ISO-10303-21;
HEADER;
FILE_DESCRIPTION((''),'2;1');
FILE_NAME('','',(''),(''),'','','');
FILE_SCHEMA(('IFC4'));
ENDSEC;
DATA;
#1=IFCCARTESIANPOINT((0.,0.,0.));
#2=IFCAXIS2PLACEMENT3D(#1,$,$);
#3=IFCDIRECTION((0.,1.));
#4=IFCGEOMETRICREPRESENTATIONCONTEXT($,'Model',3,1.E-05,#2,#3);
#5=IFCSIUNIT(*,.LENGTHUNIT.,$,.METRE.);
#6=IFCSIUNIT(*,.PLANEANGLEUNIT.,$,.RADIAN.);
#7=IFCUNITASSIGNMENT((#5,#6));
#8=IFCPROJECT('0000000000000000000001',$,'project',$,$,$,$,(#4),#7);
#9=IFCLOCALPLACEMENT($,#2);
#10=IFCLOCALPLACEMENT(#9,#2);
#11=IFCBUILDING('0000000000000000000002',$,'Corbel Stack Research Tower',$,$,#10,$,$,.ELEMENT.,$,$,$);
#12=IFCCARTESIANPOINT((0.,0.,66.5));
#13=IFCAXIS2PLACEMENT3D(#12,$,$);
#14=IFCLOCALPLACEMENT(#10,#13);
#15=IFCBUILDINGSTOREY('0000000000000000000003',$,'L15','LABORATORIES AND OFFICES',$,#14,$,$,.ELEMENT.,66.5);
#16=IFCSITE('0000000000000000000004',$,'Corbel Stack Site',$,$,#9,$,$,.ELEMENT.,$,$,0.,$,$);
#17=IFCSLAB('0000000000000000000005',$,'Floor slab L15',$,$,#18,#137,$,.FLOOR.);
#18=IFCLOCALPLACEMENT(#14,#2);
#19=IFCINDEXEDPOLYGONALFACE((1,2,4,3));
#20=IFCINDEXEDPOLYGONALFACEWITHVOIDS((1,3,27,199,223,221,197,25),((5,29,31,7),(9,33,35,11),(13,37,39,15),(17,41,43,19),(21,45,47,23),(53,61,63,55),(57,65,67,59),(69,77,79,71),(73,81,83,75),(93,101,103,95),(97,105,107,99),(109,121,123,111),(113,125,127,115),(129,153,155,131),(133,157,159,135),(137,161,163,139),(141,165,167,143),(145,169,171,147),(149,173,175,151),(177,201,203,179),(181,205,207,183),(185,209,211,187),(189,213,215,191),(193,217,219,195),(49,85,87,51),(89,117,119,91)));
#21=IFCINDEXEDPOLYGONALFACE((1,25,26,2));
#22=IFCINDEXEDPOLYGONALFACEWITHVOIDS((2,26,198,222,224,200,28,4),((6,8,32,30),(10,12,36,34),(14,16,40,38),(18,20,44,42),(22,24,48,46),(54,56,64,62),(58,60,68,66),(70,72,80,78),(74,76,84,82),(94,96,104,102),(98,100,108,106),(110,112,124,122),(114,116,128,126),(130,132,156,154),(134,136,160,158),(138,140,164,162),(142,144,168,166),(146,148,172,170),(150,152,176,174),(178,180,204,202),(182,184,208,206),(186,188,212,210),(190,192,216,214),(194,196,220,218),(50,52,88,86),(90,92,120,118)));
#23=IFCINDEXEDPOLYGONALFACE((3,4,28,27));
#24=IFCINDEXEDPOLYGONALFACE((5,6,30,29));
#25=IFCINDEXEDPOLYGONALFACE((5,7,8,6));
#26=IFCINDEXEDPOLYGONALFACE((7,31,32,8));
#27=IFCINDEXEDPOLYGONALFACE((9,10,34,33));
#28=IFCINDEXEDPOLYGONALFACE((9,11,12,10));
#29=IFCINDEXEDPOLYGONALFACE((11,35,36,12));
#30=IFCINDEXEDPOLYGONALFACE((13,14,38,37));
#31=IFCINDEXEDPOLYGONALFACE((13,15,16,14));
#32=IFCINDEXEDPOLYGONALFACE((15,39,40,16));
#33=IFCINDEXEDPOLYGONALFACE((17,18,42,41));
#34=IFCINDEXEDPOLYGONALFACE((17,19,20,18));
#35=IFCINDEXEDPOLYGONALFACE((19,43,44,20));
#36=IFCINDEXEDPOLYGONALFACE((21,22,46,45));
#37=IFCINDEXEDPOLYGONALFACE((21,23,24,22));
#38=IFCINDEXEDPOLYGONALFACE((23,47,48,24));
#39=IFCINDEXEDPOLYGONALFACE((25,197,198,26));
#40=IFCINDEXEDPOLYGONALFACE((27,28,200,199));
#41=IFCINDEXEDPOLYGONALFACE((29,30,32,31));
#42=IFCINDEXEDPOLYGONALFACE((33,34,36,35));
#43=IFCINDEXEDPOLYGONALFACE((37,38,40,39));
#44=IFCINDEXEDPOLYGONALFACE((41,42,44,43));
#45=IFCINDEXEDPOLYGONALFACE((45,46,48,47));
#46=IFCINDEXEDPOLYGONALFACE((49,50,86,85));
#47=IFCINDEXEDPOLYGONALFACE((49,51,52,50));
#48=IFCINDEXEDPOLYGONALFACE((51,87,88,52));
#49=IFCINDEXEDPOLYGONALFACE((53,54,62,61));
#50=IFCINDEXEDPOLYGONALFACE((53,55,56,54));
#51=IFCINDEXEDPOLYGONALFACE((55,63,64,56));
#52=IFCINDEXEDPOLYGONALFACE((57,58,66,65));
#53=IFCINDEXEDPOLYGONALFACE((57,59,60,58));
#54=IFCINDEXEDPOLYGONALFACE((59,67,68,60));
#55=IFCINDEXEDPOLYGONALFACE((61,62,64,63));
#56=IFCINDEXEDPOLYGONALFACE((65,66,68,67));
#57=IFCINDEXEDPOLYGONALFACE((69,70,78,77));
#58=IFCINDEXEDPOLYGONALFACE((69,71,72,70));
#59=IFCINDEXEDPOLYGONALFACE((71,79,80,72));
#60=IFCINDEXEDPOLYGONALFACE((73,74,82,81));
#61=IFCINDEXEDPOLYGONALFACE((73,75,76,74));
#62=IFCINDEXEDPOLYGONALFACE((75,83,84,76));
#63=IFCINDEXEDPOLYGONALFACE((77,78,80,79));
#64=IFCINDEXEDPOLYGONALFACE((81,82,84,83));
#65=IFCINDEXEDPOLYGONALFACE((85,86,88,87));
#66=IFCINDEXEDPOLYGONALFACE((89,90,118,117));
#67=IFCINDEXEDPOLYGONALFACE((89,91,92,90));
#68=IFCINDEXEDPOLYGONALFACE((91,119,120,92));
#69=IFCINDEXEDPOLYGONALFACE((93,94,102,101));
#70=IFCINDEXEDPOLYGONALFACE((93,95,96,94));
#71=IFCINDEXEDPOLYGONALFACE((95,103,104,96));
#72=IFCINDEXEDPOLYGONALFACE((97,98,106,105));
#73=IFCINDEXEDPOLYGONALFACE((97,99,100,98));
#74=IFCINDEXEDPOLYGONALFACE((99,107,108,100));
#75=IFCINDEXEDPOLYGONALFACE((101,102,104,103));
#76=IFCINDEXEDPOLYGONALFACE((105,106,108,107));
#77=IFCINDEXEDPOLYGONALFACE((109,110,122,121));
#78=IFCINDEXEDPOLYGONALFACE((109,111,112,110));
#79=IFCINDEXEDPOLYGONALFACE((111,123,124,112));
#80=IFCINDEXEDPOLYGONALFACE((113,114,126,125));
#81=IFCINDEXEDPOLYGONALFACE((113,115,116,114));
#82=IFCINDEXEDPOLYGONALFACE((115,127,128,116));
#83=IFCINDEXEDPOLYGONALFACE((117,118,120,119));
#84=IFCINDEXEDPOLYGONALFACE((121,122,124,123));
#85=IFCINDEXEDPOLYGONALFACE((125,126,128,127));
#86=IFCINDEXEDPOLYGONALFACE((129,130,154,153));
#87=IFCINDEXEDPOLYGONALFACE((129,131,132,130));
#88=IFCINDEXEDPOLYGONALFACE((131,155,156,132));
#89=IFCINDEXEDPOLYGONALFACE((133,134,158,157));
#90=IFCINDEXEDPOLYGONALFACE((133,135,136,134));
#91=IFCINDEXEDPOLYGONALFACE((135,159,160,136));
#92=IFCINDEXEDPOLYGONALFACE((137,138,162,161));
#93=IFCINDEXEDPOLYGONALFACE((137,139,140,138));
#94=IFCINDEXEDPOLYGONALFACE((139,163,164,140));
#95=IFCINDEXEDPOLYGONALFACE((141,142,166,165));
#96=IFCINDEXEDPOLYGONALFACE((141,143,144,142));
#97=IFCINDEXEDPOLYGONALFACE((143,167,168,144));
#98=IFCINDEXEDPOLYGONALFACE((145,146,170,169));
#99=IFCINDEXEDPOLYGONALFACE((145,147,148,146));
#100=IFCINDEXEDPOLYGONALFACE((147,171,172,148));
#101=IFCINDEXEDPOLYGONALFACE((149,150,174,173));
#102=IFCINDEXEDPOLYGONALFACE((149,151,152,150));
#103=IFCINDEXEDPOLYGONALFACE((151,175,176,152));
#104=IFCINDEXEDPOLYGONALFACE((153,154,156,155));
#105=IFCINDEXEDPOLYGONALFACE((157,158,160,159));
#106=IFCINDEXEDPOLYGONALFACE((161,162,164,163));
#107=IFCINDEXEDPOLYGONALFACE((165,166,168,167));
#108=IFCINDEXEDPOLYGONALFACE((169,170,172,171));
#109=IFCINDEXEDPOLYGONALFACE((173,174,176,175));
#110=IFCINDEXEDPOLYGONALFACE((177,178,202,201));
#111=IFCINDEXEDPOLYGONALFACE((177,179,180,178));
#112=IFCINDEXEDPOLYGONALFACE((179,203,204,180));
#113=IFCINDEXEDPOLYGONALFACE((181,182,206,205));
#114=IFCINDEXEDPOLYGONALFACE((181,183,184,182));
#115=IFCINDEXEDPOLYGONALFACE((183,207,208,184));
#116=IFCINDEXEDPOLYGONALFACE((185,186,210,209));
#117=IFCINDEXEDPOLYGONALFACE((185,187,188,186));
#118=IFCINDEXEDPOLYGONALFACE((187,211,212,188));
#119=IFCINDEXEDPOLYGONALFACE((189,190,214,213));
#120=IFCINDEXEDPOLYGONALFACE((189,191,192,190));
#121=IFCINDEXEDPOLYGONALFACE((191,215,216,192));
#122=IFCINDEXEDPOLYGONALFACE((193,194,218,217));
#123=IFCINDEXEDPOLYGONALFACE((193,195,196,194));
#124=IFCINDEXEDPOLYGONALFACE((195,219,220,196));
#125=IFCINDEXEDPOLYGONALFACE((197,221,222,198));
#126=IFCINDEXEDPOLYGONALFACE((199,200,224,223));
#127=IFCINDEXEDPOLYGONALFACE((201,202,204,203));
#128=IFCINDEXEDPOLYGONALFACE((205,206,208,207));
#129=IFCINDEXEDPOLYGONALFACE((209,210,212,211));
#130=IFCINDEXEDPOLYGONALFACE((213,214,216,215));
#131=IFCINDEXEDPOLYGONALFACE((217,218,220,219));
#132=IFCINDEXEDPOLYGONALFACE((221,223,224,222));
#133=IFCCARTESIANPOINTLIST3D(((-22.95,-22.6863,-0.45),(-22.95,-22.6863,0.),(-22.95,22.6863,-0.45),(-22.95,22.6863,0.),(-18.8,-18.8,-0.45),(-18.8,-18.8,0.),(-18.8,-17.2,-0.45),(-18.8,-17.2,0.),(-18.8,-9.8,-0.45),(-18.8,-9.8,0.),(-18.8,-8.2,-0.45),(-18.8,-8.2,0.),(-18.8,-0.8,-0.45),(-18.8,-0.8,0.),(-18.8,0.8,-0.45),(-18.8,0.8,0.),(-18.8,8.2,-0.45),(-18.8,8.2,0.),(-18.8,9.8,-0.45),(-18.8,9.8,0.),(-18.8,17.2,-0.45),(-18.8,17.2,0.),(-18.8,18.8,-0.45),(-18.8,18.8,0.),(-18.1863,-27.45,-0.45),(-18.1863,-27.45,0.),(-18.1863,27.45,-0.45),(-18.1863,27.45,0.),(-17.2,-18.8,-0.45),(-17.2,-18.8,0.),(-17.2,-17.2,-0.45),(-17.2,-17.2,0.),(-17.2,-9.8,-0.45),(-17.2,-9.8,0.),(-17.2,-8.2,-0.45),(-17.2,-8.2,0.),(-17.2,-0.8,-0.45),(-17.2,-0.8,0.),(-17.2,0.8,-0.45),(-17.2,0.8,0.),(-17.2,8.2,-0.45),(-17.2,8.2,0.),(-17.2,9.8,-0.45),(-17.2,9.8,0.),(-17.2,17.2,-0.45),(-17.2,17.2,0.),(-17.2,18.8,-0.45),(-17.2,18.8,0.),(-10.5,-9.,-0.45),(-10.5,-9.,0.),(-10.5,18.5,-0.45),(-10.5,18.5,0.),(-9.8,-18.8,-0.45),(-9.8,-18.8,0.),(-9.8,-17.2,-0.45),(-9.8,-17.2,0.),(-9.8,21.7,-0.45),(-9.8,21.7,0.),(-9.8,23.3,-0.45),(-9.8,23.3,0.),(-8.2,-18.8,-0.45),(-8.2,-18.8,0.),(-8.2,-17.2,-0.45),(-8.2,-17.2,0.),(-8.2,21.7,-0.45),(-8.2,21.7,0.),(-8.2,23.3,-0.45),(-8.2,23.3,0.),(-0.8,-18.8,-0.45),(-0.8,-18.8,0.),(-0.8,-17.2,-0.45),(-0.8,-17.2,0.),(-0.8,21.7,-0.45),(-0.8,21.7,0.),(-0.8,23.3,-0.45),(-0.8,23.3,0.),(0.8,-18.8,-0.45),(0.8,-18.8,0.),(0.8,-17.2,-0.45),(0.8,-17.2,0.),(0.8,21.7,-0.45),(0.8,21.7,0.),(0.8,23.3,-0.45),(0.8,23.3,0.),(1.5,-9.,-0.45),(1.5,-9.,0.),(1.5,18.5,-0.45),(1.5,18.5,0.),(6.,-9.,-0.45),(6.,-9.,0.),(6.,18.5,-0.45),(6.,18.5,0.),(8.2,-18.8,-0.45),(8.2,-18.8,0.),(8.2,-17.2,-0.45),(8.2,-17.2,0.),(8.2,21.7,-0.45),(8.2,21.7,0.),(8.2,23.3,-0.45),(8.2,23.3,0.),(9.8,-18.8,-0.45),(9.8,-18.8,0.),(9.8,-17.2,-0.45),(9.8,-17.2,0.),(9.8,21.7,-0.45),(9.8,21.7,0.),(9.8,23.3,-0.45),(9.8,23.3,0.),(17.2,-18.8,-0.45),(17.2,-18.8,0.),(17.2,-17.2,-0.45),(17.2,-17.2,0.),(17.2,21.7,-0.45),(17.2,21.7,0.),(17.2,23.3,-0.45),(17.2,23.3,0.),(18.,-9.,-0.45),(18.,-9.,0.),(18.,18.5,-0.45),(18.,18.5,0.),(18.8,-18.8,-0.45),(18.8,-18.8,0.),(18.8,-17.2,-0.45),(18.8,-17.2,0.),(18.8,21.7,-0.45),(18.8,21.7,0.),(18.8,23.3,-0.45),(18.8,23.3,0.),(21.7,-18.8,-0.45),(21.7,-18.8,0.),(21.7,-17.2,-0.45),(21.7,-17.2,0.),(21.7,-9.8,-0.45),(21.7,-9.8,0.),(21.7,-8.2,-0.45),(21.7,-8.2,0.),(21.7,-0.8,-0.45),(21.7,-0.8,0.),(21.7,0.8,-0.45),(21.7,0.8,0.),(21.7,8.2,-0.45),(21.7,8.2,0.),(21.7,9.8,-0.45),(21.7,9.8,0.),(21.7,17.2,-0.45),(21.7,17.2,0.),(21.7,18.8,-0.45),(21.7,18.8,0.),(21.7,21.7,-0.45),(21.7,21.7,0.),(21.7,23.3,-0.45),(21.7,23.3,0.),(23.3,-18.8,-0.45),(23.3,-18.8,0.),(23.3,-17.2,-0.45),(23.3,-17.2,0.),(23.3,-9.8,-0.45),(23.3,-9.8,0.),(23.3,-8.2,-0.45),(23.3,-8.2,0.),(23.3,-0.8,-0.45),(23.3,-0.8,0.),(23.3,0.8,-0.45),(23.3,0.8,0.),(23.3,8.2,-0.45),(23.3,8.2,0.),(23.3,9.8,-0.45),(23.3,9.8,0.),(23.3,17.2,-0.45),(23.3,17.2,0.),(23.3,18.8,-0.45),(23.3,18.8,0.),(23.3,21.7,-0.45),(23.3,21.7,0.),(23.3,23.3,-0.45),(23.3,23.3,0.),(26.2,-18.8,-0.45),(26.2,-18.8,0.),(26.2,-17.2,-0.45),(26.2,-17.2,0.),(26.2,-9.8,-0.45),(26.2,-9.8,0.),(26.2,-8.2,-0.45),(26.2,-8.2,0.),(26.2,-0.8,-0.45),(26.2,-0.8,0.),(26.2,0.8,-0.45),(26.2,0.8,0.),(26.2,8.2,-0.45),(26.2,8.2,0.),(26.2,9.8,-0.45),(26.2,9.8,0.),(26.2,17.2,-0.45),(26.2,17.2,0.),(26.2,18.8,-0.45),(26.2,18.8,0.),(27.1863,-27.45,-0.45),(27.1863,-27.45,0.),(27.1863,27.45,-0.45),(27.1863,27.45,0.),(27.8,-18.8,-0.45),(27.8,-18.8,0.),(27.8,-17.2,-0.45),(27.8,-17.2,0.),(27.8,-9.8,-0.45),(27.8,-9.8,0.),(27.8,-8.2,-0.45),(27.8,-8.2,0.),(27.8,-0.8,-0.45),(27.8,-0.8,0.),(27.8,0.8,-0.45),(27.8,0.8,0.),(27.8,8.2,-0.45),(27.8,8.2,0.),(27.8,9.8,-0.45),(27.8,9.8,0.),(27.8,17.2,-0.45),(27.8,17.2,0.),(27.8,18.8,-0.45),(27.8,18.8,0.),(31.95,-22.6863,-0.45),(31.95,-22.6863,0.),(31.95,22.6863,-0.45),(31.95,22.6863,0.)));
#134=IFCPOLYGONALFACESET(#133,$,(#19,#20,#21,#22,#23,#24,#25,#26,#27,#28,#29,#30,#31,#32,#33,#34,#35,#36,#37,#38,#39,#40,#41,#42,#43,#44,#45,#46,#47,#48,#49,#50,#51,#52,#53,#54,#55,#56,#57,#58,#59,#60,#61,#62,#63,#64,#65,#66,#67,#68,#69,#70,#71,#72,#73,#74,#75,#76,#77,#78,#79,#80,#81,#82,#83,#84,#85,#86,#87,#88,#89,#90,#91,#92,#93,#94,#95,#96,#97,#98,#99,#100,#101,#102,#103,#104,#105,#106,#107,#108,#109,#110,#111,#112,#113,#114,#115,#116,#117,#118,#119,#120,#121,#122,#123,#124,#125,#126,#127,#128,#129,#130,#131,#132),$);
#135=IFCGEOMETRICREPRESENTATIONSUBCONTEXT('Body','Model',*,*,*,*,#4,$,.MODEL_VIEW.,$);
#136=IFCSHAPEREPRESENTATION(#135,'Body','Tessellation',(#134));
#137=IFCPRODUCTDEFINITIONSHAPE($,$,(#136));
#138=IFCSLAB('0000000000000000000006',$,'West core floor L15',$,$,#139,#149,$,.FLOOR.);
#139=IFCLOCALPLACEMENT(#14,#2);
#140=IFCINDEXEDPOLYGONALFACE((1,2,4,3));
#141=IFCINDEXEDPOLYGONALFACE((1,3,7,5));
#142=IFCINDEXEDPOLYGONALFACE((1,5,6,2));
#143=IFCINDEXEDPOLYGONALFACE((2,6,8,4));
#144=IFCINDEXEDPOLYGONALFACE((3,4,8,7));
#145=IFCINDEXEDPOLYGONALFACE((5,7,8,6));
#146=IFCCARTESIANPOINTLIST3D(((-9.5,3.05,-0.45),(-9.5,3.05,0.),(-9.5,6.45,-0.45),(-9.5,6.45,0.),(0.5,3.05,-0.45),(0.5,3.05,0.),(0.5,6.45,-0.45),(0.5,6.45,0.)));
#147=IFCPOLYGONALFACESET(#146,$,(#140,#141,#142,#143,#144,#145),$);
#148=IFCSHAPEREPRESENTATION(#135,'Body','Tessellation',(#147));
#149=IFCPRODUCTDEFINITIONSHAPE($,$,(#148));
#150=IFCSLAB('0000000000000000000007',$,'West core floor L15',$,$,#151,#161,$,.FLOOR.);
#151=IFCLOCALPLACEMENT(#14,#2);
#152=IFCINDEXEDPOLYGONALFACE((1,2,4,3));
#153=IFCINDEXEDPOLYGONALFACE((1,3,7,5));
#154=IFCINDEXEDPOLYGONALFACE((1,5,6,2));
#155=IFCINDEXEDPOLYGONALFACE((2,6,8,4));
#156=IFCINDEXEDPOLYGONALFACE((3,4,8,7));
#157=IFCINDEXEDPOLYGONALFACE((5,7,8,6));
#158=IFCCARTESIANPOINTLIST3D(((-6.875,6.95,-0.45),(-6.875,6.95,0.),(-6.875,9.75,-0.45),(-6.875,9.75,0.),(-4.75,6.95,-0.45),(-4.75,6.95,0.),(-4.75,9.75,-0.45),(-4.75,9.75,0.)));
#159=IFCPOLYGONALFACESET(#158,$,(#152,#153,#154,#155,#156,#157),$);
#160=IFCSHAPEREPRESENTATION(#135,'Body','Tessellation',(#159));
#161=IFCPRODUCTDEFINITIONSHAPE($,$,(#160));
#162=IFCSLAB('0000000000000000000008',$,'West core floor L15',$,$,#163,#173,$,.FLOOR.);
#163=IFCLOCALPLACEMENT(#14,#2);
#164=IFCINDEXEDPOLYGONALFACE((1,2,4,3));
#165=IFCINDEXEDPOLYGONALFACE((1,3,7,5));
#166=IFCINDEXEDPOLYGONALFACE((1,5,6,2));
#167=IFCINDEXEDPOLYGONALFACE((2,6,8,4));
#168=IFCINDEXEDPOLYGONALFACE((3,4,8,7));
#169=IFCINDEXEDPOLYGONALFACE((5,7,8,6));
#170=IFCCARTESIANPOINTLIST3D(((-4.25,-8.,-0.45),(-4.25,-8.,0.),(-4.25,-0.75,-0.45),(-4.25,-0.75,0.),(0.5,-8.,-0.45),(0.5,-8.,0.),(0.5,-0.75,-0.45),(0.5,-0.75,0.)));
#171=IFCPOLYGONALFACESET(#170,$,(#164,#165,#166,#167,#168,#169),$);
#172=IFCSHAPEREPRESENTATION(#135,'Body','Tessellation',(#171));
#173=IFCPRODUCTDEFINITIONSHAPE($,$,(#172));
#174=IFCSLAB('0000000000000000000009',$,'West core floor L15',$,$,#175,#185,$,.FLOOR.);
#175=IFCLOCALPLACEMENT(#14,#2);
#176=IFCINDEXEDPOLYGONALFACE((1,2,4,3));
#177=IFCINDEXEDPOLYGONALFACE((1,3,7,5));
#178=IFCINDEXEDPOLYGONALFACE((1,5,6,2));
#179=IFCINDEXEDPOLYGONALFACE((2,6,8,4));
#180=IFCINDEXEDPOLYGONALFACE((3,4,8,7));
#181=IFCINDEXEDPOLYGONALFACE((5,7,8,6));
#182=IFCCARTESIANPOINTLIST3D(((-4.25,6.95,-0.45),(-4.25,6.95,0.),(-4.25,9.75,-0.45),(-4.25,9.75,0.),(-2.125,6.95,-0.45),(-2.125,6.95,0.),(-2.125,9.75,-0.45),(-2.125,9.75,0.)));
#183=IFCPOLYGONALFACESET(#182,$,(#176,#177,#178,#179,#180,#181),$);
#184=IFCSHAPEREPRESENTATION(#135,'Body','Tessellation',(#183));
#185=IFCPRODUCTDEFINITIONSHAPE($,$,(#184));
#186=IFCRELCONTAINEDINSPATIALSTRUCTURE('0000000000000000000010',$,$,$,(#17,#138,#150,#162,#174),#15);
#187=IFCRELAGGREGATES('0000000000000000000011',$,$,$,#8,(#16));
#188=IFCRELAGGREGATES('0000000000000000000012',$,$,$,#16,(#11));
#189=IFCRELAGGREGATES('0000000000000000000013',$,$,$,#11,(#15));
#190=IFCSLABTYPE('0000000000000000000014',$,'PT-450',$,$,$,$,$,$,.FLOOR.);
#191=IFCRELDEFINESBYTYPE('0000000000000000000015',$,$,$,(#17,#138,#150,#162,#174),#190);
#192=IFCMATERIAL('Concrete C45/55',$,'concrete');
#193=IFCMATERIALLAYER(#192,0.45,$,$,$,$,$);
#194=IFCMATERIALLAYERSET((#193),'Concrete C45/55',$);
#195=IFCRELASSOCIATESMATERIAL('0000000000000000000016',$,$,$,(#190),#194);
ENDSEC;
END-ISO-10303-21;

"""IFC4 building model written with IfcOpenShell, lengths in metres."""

from ifc_helpers import new_model, si_unit, direction, frame, origin, place, context, subcontext, project, spatial, polyline, outline, extrude, material, layer, layer_set, type_object, element, save


model = new_model("IFC4")

# Units and contexts
model_context = context("Model", 3, precision=1e-05, world=origin(), true_north=direction((0.0, 1.0)))
body_context = subcontext(model_context, "Body", "Model", "MODEL_VIEW")
ifc_project = project(units=[si_unit("LENGTHUNIT", "METRE"), si_unit("PLANEANGLEUNIT", "RADIAN")], contexts=[model_context])

# Site, building, storey
site_placement = place(None, origin())
site = spatial("IfcSite", under=ifc_project, at=site_placement, Name="Corbel Stack Site", CompositionType="ELEMENT", RefElevation=0.0)
building_placement = place(site_placement, origin())
building = spatial("IfcBuilding", under=site, at=building_placement, Name="Corbel Stack Research Tower", CompositionType="ELEMENT")
storey_placement = place(building_placement, frame((0.0, 0.0, 66.5)))
storey = spatial("IfcBuildingStorey", under=building, at=storey_placement, Name="L15", Description="LABORATORIES AND OFFICES", CompositionType="ELEMENT", Elevation=66.5)

# Slabs
ifc_material_1 = material(Name="Concrete C45/55", Category="concrete")
ifc_layer_1 = layer(ifc_material_1, 0.45)
ifc_layer_set_1 = layer_set([ifc_layer_1], Name="Concrete C45/55")
slab_type = type_object("IfcSlabType", Name="PT-450", PredefinedType="FLOOR", material=ifc_layer_set_1)
slab_1_placement = place(storey_placement, frame((0.0, 0.0, -0.45)))
element("IfcSlab", 1, at=slab_1_placement, inside=storey, type_object=slab_type, Name="Floor slab L15", PredefinedType="FLOOR", context=body_context, shape_type="SweptSolid", body=[
    extrude(outline(polyline([(-18.1863, -27.45), (27.1863, -27.45), (31.95, -22.6863), (31.95, 22.6863), (27.1863, 27.45), (-18.1863, 27.45), (-22.95, 22.6863), (-22.95, -22.6863), (-18.1863, -27.45)]), holes=[polyline([(26.2, 17.2), (26.2, 18.8), (27.8, 18.8), (27.8, 17.2), (26.2, 17.2)]), polyline([(26.2, 8.2), (26.2, 9.8), (27.8, 9.8), (27.8, 8.2), (26.2, 8.2)]), polyline([(27.8, -0.8), (26.2, -0.8), (26.2, 0.8), (27.8, 0.8), (27.8, -0.8)]), polyline([(26.2, -9.8), (26.2, -8.2), (27.8, -8.2), (27.8, -9.8), (26.2, -9.8)]), polyline([(26.2, -18.8), (26.2, -17.2), (27.8, -17.2), (27.8, -18.8), (26.2, -18.8)]), polyline([(21.7, 21.7), (21.7, 23.3), (23.3, 23.3), (23.3, 21.7), (21.7, 21.7)]), polyline([(21.7, 17.2), (21.7, 18.8), (23.3, 18.8), (23.3, 17.2), (21.7, 17.2)]), polyline([(21.7, 8.2), (21.7, 9.8), (23.3, 9.8), (23.3, 8.2), (21.7, 8.2)]), polyline([(21.7, -0.8), (21.7, 0.8), (23.3, 0.8), (23.3, -0.8), (21.7, -0.8)]), polyline([(23.3, -9.8), (21.7, -9.8), (21.7, -8.2), (23.3, -8.2), (23.3, -9.8)]), polyline([(21.7, -18.8), (21.7, -17.2), (23.3, -17.2), (23.3, -18.8), (21.7, -18.8)]), polyline([(17.2, 21.7), (17.2, 23.3), (18.8, 23.3), (18.8, 21.7), (17.2, 21.7)]), polyline([(18.8, -18.8), (17.2, -18.8), (17.2, -17.2), (18.8, -17.2), (18.8, -18.8)]), polyline([(6.0, -9.0), (6.0, 18.5), (18.0, 18.5), (18.0, -9.0), (6.0, -9.0)]), polyline([(8.2, 21.7), (8.2, 23.3), (9.8, 23.3), (9.8, 21.7), (8.2, 21.7)]), polyline([(9.8, -18.8), (8.2, -18.8), (8.2, -17.2), (9.8, -17.2), (9.8, -18.8)]), polyline([(1.5, -9.0), (-10.5, -9.0), (-10.5, 18.5), (1.5, 18.5), (1.5, -9.0)]), polyline([(-0.8, 21.7), (-0.8, 23.3), (0.8, 23.3), (0.8, 21.7), (-0.8, 21.7)]), polyline([(-0.8, -18.8), (-0.8, -17.2), (0.8, -17.2), (0.8, -18.8), (-0.8, -18.8)]), polyline([(-9.8, 21.7), (-9.8, 23.3), (-8.2, 23.3), (-8.2, 21.7), (-9.8, 21.7)]), polyline([(-9.8, -18.8), (-9.8, -17.2), (-8.2, -17.2), (-8.2, -18.8), (-9.8, -18.8)]), polyline([(-18.8, 17.2), (-18.8, 18.8), (-17.2, 18.8), (-17.2, 17.2), (-18.8, 17.2)]), polyline([(-18.8, 8.2), (-18.8, 9.8), (-17.2, 9.8), (-17.2, 8.2), (-18.8, 8.2)]), polyline([(-18.8, -0.8), (-18.8, 0.8), (-17.2, 0.8), (-17.2, -0.8), (-18.8, -0.8)]), polyline([(-18.8, -9.8), (-18.8, -8.2), (-17.2, -8.2), (-17.2, -9.8), (-18.8, -9.8)]), polyline([(-17.2, -18.8), (-18.8, -18.8), (-18.8, -17.2), (-17.2, -17.2), (-17.2, -18.8)])]), origin(), (0.0, 0.0, 1.0), 0.45),
])
slab_2_placement = place(storey_placement, frame((0.0, 0.0, -0.45)))
element("IfcSlab", 2, at=slab_2_placement, inside=storey, type_object=slab_type, Name="West core floor L15", PredefinedType="FLOOR", context=body_context, shape_type="SweptSolid", body=[
    extrude(outline(polyline([(-9.5, 6.45), (-9.5, 3.05), (0.5, 3.05), (0.5, 6.45), (-9.5, 6.45)])), origin(), (0.0, 0.0, 1.0), 0.45),
])
slab_3_placement = place(storey_placement, frame((0.0, 0.0, -0.45)))
element("IfcSlab", 3, at=slab_3_placement, inside=storey, type_object=slab_type, Name="West core floor L15", PredefinedType="FLOOR", context=body_context, shape_type="SweptSolid", body=[
    extrude(outline(polyline([(-6.875, 6.95), (-4.75, 6.95), (-4.75, 9.75), (-6.875, 9.75), (-6.875, 6.95)])), origin(), (0.0, 0.0, 1.0), 0.45),
])
slab_4_placement = place(storey_placement, frame((0.0, 0.0, -0.45)))
element("IfcSlab", 4, at=slab_4_placement, inside=storey, type_object=slab_type, Name="West core floor L15", PredefinedType="FLOOR", context=body_context, shape_type="SweptSolid", body=[
    extrude(outline(polyline([(-4.25, -0.75), (-4.25, -8.0), (0.5, -8.0), (0.5, -0.75), (-4.25, -0.75)])), origin(), (0.0, 0.0, 1.0), 0.45),
])
slab_5_placement = place(storey_placement, frame((0.0, 0.0, -0.45)))
element("IfcSlab", 5, at=slab_5_placement, inside=storey, type_object=slab_type, Name="West core floor L15", PredefinedType="FLOOR", context=body_context, shape_type="SweptSolid", body=[
    extrude(outline(polyline([(-2.125, 6.95), (-2.125, 9.75), (-4.25, 9.75), (-4.25, 6.95), (-2.125, 6.95)])), origin(), (0.0, 0.0, 1.0), 0.45),
])

save(model, "model.ifc")
